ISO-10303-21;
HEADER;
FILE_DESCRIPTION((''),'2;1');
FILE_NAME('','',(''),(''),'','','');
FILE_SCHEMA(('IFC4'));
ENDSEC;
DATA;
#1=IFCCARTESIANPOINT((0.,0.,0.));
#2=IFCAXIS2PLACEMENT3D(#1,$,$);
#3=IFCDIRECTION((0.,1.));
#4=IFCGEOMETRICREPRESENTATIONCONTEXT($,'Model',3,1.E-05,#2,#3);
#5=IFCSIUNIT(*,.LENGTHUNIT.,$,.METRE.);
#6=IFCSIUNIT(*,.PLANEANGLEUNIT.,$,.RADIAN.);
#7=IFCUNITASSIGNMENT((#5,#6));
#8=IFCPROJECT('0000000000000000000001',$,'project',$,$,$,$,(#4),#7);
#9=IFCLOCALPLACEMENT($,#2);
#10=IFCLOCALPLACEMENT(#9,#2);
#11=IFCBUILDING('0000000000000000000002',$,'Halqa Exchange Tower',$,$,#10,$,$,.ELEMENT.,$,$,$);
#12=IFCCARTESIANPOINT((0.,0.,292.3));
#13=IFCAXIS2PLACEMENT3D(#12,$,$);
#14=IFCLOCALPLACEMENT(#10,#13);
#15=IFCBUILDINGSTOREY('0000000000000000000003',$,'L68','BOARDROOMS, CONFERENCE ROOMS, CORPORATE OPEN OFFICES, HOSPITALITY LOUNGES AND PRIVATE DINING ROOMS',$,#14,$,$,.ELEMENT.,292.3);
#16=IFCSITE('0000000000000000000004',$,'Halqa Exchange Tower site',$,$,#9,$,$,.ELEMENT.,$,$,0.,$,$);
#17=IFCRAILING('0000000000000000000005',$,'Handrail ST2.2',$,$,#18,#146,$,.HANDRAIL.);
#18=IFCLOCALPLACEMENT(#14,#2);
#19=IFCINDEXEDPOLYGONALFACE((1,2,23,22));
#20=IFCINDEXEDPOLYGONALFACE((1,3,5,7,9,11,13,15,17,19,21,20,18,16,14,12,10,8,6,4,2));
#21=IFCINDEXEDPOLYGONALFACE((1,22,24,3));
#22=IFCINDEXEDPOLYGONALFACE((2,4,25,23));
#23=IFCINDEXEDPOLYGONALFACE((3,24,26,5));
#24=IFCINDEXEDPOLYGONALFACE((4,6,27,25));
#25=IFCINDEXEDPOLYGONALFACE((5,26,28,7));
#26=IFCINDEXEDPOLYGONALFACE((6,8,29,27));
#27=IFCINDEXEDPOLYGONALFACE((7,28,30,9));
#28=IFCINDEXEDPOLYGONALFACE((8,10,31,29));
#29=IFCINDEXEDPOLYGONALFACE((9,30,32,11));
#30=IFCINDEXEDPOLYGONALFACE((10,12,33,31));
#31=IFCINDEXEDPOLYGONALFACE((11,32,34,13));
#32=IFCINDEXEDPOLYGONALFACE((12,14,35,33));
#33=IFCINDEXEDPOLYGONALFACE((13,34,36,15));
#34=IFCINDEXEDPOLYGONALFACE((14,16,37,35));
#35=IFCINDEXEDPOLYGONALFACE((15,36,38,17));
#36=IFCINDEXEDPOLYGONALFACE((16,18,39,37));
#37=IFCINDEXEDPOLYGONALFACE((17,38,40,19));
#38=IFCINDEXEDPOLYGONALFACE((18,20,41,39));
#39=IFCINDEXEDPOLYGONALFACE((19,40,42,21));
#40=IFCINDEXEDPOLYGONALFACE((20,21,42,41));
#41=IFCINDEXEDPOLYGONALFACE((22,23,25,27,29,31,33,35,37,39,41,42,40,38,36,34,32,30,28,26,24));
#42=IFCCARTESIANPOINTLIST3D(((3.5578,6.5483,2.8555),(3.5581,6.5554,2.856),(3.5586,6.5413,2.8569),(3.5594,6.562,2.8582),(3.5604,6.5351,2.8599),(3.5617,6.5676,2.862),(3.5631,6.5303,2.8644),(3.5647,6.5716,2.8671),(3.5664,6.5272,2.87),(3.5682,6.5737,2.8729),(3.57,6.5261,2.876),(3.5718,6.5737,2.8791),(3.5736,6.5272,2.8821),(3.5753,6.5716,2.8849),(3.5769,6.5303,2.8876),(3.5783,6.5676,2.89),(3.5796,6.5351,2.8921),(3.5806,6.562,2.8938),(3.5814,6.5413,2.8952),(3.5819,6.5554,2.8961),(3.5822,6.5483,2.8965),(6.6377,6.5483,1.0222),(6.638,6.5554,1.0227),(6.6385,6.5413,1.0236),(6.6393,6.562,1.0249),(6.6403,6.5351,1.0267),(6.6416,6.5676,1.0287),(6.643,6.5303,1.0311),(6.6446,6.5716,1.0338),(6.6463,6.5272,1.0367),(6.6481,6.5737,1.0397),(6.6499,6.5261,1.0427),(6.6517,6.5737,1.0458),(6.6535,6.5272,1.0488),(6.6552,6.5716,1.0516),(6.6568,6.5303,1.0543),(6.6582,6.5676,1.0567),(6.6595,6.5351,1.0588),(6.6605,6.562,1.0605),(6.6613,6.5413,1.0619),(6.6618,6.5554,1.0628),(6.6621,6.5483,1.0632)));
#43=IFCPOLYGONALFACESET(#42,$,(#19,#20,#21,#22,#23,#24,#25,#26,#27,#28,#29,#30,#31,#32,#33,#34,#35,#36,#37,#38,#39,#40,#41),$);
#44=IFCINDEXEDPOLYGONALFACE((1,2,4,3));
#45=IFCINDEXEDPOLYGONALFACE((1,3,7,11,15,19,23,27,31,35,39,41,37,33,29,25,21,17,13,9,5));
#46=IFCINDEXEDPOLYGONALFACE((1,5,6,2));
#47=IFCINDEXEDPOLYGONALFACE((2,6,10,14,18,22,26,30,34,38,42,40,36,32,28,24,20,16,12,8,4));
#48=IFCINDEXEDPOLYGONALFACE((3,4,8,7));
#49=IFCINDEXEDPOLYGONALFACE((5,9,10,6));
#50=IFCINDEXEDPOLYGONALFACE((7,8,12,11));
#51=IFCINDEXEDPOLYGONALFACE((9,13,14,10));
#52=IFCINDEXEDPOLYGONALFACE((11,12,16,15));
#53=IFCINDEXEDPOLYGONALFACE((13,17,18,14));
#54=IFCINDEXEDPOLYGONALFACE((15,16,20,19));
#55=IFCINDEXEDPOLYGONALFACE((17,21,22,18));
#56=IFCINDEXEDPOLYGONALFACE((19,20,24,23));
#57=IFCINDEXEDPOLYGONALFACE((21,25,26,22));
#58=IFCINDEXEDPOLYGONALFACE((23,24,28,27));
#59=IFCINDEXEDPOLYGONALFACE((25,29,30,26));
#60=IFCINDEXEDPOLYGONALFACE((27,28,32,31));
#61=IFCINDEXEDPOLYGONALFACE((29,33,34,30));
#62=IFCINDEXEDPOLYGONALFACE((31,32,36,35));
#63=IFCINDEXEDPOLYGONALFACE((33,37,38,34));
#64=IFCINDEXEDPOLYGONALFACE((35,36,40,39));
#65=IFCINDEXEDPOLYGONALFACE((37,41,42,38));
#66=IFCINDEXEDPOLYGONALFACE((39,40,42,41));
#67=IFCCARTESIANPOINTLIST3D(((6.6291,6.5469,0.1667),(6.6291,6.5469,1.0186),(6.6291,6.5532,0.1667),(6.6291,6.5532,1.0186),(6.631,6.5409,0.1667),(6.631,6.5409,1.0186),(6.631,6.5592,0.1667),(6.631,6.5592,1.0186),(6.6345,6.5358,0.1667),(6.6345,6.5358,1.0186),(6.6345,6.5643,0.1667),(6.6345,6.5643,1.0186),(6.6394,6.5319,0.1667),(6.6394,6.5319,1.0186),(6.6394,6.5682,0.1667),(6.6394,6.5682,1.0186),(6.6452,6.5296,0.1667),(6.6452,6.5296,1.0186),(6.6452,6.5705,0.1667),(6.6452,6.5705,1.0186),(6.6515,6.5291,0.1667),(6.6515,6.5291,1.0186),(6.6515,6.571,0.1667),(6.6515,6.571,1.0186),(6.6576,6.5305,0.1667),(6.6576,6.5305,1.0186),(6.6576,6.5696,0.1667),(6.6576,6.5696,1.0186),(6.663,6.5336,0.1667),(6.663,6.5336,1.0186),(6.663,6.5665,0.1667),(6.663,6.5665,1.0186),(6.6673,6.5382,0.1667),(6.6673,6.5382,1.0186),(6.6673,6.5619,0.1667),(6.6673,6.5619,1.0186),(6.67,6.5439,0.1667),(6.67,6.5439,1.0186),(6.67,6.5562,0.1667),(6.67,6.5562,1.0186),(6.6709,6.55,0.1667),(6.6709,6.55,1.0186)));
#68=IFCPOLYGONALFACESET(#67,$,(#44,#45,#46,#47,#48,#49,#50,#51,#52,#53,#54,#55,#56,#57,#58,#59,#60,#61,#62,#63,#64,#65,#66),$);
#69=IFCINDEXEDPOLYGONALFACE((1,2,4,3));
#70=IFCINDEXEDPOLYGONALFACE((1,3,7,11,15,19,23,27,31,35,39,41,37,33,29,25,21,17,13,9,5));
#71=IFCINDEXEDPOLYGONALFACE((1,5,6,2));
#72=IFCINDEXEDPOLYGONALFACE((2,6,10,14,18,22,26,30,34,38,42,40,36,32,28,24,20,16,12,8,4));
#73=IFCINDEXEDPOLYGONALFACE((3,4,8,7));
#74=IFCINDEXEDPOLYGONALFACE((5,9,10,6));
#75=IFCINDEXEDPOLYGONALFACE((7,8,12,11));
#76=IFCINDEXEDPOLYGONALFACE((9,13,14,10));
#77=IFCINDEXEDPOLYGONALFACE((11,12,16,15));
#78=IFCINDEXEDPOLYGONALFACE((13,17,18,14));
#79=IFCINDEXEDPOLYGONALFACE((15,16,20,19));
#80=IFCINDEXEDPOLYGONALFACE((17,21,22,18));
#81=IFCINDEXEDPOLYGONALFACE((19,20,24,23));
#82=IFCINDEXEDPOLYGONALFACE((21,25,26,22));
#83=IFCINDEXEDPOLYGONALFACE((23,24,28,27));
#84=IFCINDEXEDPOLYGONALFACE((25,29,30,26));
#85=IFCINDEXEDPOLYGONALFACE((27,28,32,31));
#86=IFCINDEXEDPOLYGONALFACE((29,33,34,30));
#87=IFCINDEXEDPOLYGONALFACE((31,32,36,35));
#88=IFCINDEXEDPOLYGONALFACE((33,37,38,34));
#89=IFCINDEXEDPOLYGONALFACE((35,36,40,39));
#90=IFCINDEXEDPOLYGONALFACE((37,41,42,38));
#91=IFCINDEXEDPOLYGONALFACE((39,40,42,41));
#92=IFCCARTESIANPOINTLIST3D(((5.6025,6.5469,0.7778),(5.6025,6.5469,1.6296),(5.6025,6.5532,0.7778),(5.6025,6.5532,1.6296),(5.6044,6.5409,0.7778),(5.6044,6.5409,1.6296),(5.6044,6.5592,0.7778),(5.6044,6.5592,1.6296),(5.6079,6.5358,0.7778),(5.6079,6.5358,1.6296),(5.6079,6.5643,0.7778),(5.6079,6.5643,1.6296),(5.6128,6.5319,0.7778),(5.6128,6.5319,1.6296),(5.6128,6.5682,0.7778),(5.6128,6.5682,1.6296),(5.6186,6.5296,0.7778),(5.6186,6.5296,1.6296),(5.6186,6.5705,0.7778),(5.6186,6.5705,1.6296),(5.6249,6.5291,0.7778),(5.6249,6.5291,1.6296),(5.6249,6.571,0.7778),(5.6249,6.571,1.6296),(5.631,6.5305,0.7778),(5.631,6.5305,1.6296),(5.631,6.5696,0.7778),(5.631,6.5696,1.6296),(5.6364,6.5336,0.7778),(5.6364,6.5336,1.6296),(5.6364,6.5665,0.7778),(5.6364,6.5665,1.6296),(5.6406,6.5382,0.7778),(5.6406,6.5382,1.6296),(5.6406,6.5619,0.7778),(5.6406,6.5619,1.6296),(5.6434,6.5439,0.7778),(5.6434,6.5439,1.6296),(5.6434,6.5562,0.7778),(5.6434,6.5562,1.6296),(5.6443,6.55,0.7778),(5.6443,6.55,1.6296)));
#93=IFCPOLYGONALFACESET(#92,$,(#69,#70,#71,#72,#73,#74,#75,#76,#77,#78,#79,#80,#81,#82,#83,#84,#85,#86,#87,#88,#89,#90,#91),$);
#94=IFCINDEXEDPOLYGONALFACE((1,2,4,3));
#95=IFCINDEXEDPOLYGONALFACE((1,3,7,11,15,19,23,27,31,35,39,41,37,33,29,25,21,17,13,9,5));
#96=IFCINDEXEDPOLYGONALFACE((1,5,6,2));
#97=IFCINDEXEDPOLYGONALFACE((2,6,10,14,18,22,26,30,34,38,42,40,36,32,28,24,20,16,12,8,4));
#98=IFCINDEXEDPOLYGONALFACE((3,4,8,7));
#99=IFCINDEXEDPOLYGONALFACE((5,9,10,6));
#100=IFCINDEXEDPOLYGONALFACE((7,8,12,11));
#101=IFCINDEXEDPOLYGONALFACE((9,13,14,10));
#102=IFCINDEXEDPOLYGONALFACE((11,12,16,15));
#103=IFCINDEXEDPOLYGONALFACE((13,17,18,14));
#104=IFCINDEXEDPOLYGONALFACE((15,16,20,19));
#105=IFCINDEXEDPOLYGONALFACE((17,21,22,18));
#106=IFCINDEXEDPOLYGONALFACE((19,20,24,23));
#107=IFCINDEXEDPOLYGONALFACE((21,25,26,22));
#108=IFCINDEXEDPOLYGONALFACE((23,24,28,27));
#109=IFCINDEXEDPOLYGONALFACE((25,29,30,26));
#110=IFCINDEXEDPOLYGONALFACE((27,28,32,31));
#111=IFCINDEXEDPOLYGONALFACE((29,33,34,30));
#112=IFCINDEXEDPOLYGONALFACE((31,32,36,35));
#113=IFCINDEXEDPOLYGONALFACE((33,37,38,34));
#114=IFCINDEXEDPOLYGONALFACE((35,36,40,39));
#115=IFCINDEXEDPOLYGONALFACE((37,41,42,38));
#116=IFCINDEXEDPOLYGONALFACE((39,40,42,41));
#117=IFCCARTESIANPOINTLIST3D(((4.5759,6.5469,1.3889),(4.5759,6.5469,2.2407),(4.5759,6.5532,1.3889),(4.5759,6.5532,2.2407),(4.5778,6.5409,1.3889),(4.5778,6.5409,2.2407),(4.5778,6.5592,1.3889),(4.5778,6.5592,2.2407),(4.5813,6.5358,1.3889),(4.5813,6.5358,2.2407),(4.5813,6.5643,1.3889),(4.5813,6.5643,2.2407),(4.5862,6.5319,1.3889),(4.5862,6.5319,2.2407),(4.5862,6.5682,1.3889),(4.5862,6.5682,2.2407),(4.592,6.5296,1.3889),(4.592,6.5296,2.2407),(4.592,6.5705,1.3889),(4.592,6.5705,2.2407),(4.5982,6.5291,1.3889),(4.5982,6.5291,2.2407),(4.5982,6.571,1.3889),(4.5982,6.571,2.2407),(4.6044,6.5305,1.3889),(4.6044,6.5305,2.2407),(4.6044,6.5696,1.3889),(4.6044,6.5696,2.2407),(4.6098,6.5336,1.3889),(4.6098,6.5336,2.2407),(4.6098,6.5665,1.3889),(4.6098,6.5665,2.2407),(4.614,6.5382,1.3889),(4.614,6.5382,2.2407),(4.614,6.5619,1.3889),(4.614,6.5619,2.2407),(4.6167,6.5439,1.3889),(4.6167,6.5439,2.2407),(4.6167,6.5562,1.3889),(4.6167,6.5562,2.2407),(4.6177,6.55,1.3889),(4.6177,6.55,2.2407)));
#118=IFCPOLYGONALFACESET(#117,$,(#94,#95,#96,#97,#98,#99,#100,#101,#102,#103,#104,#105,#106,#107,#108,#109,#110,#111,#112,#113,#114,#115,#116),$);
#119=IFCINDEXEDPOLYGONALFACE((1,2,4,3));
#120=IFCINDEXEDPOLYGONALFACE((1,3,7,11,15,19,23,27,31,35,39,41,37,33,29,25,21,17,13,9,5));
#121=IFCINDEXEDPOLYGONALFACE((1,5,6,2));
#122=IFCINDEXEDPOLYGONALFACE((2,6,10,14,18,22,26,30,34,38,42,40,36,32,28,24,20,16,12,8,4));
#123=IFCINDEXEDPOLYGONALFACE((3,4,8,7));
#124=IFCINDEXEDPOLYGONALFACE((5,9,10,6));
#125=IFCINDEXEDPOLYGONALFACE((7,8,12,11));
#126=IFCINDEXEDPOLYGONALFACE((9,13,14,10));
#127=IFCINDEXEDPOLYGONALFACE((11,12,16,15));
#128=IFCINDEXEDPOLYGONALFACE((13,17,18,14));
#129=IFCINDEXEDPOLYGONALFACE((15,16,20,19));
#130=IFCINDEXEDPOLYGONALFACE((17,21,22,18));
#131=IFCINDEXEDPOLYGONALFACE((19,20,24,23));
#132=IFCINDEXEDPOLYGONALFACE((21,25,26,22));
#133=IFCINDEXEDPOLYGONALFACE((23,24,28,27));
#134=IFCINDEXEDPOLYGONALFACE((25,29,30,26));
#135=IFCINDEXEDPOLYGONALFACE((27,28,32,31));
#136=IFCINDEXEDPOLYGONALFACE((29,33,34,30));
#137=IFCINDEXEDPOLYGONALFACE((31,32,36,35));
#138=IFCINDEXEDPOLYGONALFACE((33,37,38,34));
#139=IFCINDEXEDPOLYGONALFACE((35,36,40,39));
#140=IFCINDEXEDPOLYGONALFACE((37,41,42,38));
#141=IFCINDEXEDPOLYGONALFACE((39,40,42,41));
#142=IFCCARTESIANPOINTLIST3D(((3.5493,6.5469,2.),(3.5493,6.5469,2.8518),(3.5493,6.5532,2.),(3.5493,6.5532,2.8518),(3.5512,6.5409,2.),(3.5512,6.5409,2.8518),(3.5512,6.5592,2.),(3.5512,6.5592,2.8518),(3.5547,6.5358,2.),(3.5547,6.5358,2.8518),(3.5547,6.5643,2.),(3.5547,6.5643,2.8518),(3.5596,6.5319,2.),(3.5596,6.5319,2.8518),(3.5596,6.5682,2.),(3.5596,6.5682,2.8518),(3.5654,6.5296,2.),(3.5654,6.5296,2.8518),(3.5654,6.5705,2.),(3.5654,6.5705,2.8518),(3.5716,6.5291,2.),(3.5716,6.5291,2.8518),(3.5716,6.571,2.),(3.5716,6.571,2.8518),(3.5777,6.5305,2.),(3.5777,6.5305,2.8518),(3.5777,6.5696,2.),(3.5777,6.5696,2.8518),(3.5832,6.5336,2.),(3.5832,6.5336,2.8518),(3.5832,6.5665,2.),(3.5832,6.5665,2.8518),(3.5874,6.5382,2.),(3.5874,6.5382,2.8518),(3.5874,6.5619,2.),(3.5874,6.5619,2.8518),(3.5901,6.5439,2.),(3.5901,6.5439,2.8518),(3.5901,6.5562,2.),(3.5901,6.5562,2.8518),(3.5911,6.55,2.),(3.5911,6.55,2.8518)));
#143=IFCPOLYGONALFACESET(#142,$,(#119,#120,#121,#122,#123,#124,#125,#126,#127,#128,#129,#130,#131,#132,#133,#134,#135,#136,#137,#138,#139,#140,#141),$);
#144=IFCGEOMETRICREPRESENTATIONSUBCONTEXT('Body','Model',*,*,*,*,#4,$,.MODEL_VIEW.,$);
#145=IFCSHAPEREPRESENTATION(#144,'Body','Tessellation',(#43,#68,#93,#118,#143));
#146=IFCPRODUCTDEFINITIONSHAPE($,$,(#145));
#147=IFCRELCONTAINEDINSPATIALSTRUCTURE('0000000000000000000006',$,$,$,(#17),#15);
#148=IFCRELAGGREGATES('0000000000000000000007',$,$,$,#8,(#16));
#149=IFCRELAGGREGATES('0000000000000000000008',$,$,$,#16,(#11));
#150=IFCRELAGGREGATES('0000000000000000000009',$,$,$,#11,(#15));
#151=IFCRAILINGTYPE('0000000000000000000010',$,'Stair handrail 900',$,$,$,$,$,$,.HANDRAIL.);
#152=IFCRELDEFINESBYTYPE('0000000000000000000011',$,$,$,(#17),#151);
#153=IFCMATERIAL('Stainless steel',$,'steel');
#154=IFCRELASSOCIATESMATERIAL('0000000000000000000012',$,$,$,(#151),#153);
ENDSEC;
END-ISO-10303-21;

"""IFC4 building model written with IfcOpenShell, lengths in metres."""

from ifc_helpers import new_model, si_unit, direction, frame, origin, origin_2d, place, context, subcontext, project, spatial, circle, extrude, material, type_object, element, save


model = new_model("IFC4")

# Units and contexts
model_context = context("Model", 3, precision=1e-05, world=origin(), true_north=direction((0.0, 1.0)))
body_context = subcontext(model_context, "Body", "Model", "MODEL_VIEW")
ifc_project = project(units=[si_unit("LENGTHUNIT", "METRE"), si_unit("PLANEANGLEUNIT", "RADIAN")], contexts=[model_context])

# Site, building, storey
site_placement = place(None, origin())
site = spatial("IfcSite", under=ifc_project, at=site_placement, Name="Halqa Exchange Tower site", CompositionType="ELEMENT", RefElevation=0.0)
building_placement = place(site_placement, origin())
building = spatial("IfcBuilding", under=site, at=building_placement, Name="Halqa Exchange Tower", CompositionType="ELEMENT")
storey_placement = place(building_placement, frame((0.0, 0.0, 292.3)))
storey = spatial("IfcBuildingStorey", under=building, at=storey_placement, Name="L68", Description="BOARDROOMS, CONFERENCE ROOMS, CORPORATE OPEN OFFICES, HOSPITALITY LOUNGES AND PRIVATE DINING ROOMS", CompositionType="ELEMENT", Elevation=292.3)

# Railing
ifc_material_1 = material(Name="Stainless steel", Category="steel")
railing_type_1 = type_object("IfcRailingType", Name="Stair handrail 900", PredefinedType="HANDRAIL", material=ifc_material_1)
railing_1_placement = place(storey_placement, frame((6.6499, 6.55, 0.1667)))
element("IfcRailing", 1, at=railing_1_placement, inside=storey, type_object=railing_type_1, Name="Handrail ST2.2", PredefinedType="HANDRAIL", context=body_context, shape_type="SweptSolid", body=[
    extrude(circle(Radius=0.0239, at=origin_2d()), frame((0.0, 0.0, 0.876), z_axis=(-0.859291, 0.0, 0.511487), x_axis=(0.0, -1.0, 0.0)), (0.0, 0.0, 1.0), 3.5842),
    extrude(circle(Radius=0.021, at=origin_2d()), origin(), (0.0, 0.0, 1.0), 0.8518),
    extrude(circle(Radius=0.021, at=origin_2d()), frame((-1.0266, 0.0, 0.6111)), (0.0, 0.0, 1.0), 0.8518),
    extrude(circle(Radius=0.021, at=origin_2d()), frame((-2.0532, 0.0, 1.2222)), (0.0, 0.0, 1.0), 0.8518),
    extrude(circle(Radius=0.021, at=origin_2d()), frame((-3.0798, 0.0, 1.8333)), (0.0, 0.0, 1.0), 0.8518),
])

save(model, "model.ifc")
